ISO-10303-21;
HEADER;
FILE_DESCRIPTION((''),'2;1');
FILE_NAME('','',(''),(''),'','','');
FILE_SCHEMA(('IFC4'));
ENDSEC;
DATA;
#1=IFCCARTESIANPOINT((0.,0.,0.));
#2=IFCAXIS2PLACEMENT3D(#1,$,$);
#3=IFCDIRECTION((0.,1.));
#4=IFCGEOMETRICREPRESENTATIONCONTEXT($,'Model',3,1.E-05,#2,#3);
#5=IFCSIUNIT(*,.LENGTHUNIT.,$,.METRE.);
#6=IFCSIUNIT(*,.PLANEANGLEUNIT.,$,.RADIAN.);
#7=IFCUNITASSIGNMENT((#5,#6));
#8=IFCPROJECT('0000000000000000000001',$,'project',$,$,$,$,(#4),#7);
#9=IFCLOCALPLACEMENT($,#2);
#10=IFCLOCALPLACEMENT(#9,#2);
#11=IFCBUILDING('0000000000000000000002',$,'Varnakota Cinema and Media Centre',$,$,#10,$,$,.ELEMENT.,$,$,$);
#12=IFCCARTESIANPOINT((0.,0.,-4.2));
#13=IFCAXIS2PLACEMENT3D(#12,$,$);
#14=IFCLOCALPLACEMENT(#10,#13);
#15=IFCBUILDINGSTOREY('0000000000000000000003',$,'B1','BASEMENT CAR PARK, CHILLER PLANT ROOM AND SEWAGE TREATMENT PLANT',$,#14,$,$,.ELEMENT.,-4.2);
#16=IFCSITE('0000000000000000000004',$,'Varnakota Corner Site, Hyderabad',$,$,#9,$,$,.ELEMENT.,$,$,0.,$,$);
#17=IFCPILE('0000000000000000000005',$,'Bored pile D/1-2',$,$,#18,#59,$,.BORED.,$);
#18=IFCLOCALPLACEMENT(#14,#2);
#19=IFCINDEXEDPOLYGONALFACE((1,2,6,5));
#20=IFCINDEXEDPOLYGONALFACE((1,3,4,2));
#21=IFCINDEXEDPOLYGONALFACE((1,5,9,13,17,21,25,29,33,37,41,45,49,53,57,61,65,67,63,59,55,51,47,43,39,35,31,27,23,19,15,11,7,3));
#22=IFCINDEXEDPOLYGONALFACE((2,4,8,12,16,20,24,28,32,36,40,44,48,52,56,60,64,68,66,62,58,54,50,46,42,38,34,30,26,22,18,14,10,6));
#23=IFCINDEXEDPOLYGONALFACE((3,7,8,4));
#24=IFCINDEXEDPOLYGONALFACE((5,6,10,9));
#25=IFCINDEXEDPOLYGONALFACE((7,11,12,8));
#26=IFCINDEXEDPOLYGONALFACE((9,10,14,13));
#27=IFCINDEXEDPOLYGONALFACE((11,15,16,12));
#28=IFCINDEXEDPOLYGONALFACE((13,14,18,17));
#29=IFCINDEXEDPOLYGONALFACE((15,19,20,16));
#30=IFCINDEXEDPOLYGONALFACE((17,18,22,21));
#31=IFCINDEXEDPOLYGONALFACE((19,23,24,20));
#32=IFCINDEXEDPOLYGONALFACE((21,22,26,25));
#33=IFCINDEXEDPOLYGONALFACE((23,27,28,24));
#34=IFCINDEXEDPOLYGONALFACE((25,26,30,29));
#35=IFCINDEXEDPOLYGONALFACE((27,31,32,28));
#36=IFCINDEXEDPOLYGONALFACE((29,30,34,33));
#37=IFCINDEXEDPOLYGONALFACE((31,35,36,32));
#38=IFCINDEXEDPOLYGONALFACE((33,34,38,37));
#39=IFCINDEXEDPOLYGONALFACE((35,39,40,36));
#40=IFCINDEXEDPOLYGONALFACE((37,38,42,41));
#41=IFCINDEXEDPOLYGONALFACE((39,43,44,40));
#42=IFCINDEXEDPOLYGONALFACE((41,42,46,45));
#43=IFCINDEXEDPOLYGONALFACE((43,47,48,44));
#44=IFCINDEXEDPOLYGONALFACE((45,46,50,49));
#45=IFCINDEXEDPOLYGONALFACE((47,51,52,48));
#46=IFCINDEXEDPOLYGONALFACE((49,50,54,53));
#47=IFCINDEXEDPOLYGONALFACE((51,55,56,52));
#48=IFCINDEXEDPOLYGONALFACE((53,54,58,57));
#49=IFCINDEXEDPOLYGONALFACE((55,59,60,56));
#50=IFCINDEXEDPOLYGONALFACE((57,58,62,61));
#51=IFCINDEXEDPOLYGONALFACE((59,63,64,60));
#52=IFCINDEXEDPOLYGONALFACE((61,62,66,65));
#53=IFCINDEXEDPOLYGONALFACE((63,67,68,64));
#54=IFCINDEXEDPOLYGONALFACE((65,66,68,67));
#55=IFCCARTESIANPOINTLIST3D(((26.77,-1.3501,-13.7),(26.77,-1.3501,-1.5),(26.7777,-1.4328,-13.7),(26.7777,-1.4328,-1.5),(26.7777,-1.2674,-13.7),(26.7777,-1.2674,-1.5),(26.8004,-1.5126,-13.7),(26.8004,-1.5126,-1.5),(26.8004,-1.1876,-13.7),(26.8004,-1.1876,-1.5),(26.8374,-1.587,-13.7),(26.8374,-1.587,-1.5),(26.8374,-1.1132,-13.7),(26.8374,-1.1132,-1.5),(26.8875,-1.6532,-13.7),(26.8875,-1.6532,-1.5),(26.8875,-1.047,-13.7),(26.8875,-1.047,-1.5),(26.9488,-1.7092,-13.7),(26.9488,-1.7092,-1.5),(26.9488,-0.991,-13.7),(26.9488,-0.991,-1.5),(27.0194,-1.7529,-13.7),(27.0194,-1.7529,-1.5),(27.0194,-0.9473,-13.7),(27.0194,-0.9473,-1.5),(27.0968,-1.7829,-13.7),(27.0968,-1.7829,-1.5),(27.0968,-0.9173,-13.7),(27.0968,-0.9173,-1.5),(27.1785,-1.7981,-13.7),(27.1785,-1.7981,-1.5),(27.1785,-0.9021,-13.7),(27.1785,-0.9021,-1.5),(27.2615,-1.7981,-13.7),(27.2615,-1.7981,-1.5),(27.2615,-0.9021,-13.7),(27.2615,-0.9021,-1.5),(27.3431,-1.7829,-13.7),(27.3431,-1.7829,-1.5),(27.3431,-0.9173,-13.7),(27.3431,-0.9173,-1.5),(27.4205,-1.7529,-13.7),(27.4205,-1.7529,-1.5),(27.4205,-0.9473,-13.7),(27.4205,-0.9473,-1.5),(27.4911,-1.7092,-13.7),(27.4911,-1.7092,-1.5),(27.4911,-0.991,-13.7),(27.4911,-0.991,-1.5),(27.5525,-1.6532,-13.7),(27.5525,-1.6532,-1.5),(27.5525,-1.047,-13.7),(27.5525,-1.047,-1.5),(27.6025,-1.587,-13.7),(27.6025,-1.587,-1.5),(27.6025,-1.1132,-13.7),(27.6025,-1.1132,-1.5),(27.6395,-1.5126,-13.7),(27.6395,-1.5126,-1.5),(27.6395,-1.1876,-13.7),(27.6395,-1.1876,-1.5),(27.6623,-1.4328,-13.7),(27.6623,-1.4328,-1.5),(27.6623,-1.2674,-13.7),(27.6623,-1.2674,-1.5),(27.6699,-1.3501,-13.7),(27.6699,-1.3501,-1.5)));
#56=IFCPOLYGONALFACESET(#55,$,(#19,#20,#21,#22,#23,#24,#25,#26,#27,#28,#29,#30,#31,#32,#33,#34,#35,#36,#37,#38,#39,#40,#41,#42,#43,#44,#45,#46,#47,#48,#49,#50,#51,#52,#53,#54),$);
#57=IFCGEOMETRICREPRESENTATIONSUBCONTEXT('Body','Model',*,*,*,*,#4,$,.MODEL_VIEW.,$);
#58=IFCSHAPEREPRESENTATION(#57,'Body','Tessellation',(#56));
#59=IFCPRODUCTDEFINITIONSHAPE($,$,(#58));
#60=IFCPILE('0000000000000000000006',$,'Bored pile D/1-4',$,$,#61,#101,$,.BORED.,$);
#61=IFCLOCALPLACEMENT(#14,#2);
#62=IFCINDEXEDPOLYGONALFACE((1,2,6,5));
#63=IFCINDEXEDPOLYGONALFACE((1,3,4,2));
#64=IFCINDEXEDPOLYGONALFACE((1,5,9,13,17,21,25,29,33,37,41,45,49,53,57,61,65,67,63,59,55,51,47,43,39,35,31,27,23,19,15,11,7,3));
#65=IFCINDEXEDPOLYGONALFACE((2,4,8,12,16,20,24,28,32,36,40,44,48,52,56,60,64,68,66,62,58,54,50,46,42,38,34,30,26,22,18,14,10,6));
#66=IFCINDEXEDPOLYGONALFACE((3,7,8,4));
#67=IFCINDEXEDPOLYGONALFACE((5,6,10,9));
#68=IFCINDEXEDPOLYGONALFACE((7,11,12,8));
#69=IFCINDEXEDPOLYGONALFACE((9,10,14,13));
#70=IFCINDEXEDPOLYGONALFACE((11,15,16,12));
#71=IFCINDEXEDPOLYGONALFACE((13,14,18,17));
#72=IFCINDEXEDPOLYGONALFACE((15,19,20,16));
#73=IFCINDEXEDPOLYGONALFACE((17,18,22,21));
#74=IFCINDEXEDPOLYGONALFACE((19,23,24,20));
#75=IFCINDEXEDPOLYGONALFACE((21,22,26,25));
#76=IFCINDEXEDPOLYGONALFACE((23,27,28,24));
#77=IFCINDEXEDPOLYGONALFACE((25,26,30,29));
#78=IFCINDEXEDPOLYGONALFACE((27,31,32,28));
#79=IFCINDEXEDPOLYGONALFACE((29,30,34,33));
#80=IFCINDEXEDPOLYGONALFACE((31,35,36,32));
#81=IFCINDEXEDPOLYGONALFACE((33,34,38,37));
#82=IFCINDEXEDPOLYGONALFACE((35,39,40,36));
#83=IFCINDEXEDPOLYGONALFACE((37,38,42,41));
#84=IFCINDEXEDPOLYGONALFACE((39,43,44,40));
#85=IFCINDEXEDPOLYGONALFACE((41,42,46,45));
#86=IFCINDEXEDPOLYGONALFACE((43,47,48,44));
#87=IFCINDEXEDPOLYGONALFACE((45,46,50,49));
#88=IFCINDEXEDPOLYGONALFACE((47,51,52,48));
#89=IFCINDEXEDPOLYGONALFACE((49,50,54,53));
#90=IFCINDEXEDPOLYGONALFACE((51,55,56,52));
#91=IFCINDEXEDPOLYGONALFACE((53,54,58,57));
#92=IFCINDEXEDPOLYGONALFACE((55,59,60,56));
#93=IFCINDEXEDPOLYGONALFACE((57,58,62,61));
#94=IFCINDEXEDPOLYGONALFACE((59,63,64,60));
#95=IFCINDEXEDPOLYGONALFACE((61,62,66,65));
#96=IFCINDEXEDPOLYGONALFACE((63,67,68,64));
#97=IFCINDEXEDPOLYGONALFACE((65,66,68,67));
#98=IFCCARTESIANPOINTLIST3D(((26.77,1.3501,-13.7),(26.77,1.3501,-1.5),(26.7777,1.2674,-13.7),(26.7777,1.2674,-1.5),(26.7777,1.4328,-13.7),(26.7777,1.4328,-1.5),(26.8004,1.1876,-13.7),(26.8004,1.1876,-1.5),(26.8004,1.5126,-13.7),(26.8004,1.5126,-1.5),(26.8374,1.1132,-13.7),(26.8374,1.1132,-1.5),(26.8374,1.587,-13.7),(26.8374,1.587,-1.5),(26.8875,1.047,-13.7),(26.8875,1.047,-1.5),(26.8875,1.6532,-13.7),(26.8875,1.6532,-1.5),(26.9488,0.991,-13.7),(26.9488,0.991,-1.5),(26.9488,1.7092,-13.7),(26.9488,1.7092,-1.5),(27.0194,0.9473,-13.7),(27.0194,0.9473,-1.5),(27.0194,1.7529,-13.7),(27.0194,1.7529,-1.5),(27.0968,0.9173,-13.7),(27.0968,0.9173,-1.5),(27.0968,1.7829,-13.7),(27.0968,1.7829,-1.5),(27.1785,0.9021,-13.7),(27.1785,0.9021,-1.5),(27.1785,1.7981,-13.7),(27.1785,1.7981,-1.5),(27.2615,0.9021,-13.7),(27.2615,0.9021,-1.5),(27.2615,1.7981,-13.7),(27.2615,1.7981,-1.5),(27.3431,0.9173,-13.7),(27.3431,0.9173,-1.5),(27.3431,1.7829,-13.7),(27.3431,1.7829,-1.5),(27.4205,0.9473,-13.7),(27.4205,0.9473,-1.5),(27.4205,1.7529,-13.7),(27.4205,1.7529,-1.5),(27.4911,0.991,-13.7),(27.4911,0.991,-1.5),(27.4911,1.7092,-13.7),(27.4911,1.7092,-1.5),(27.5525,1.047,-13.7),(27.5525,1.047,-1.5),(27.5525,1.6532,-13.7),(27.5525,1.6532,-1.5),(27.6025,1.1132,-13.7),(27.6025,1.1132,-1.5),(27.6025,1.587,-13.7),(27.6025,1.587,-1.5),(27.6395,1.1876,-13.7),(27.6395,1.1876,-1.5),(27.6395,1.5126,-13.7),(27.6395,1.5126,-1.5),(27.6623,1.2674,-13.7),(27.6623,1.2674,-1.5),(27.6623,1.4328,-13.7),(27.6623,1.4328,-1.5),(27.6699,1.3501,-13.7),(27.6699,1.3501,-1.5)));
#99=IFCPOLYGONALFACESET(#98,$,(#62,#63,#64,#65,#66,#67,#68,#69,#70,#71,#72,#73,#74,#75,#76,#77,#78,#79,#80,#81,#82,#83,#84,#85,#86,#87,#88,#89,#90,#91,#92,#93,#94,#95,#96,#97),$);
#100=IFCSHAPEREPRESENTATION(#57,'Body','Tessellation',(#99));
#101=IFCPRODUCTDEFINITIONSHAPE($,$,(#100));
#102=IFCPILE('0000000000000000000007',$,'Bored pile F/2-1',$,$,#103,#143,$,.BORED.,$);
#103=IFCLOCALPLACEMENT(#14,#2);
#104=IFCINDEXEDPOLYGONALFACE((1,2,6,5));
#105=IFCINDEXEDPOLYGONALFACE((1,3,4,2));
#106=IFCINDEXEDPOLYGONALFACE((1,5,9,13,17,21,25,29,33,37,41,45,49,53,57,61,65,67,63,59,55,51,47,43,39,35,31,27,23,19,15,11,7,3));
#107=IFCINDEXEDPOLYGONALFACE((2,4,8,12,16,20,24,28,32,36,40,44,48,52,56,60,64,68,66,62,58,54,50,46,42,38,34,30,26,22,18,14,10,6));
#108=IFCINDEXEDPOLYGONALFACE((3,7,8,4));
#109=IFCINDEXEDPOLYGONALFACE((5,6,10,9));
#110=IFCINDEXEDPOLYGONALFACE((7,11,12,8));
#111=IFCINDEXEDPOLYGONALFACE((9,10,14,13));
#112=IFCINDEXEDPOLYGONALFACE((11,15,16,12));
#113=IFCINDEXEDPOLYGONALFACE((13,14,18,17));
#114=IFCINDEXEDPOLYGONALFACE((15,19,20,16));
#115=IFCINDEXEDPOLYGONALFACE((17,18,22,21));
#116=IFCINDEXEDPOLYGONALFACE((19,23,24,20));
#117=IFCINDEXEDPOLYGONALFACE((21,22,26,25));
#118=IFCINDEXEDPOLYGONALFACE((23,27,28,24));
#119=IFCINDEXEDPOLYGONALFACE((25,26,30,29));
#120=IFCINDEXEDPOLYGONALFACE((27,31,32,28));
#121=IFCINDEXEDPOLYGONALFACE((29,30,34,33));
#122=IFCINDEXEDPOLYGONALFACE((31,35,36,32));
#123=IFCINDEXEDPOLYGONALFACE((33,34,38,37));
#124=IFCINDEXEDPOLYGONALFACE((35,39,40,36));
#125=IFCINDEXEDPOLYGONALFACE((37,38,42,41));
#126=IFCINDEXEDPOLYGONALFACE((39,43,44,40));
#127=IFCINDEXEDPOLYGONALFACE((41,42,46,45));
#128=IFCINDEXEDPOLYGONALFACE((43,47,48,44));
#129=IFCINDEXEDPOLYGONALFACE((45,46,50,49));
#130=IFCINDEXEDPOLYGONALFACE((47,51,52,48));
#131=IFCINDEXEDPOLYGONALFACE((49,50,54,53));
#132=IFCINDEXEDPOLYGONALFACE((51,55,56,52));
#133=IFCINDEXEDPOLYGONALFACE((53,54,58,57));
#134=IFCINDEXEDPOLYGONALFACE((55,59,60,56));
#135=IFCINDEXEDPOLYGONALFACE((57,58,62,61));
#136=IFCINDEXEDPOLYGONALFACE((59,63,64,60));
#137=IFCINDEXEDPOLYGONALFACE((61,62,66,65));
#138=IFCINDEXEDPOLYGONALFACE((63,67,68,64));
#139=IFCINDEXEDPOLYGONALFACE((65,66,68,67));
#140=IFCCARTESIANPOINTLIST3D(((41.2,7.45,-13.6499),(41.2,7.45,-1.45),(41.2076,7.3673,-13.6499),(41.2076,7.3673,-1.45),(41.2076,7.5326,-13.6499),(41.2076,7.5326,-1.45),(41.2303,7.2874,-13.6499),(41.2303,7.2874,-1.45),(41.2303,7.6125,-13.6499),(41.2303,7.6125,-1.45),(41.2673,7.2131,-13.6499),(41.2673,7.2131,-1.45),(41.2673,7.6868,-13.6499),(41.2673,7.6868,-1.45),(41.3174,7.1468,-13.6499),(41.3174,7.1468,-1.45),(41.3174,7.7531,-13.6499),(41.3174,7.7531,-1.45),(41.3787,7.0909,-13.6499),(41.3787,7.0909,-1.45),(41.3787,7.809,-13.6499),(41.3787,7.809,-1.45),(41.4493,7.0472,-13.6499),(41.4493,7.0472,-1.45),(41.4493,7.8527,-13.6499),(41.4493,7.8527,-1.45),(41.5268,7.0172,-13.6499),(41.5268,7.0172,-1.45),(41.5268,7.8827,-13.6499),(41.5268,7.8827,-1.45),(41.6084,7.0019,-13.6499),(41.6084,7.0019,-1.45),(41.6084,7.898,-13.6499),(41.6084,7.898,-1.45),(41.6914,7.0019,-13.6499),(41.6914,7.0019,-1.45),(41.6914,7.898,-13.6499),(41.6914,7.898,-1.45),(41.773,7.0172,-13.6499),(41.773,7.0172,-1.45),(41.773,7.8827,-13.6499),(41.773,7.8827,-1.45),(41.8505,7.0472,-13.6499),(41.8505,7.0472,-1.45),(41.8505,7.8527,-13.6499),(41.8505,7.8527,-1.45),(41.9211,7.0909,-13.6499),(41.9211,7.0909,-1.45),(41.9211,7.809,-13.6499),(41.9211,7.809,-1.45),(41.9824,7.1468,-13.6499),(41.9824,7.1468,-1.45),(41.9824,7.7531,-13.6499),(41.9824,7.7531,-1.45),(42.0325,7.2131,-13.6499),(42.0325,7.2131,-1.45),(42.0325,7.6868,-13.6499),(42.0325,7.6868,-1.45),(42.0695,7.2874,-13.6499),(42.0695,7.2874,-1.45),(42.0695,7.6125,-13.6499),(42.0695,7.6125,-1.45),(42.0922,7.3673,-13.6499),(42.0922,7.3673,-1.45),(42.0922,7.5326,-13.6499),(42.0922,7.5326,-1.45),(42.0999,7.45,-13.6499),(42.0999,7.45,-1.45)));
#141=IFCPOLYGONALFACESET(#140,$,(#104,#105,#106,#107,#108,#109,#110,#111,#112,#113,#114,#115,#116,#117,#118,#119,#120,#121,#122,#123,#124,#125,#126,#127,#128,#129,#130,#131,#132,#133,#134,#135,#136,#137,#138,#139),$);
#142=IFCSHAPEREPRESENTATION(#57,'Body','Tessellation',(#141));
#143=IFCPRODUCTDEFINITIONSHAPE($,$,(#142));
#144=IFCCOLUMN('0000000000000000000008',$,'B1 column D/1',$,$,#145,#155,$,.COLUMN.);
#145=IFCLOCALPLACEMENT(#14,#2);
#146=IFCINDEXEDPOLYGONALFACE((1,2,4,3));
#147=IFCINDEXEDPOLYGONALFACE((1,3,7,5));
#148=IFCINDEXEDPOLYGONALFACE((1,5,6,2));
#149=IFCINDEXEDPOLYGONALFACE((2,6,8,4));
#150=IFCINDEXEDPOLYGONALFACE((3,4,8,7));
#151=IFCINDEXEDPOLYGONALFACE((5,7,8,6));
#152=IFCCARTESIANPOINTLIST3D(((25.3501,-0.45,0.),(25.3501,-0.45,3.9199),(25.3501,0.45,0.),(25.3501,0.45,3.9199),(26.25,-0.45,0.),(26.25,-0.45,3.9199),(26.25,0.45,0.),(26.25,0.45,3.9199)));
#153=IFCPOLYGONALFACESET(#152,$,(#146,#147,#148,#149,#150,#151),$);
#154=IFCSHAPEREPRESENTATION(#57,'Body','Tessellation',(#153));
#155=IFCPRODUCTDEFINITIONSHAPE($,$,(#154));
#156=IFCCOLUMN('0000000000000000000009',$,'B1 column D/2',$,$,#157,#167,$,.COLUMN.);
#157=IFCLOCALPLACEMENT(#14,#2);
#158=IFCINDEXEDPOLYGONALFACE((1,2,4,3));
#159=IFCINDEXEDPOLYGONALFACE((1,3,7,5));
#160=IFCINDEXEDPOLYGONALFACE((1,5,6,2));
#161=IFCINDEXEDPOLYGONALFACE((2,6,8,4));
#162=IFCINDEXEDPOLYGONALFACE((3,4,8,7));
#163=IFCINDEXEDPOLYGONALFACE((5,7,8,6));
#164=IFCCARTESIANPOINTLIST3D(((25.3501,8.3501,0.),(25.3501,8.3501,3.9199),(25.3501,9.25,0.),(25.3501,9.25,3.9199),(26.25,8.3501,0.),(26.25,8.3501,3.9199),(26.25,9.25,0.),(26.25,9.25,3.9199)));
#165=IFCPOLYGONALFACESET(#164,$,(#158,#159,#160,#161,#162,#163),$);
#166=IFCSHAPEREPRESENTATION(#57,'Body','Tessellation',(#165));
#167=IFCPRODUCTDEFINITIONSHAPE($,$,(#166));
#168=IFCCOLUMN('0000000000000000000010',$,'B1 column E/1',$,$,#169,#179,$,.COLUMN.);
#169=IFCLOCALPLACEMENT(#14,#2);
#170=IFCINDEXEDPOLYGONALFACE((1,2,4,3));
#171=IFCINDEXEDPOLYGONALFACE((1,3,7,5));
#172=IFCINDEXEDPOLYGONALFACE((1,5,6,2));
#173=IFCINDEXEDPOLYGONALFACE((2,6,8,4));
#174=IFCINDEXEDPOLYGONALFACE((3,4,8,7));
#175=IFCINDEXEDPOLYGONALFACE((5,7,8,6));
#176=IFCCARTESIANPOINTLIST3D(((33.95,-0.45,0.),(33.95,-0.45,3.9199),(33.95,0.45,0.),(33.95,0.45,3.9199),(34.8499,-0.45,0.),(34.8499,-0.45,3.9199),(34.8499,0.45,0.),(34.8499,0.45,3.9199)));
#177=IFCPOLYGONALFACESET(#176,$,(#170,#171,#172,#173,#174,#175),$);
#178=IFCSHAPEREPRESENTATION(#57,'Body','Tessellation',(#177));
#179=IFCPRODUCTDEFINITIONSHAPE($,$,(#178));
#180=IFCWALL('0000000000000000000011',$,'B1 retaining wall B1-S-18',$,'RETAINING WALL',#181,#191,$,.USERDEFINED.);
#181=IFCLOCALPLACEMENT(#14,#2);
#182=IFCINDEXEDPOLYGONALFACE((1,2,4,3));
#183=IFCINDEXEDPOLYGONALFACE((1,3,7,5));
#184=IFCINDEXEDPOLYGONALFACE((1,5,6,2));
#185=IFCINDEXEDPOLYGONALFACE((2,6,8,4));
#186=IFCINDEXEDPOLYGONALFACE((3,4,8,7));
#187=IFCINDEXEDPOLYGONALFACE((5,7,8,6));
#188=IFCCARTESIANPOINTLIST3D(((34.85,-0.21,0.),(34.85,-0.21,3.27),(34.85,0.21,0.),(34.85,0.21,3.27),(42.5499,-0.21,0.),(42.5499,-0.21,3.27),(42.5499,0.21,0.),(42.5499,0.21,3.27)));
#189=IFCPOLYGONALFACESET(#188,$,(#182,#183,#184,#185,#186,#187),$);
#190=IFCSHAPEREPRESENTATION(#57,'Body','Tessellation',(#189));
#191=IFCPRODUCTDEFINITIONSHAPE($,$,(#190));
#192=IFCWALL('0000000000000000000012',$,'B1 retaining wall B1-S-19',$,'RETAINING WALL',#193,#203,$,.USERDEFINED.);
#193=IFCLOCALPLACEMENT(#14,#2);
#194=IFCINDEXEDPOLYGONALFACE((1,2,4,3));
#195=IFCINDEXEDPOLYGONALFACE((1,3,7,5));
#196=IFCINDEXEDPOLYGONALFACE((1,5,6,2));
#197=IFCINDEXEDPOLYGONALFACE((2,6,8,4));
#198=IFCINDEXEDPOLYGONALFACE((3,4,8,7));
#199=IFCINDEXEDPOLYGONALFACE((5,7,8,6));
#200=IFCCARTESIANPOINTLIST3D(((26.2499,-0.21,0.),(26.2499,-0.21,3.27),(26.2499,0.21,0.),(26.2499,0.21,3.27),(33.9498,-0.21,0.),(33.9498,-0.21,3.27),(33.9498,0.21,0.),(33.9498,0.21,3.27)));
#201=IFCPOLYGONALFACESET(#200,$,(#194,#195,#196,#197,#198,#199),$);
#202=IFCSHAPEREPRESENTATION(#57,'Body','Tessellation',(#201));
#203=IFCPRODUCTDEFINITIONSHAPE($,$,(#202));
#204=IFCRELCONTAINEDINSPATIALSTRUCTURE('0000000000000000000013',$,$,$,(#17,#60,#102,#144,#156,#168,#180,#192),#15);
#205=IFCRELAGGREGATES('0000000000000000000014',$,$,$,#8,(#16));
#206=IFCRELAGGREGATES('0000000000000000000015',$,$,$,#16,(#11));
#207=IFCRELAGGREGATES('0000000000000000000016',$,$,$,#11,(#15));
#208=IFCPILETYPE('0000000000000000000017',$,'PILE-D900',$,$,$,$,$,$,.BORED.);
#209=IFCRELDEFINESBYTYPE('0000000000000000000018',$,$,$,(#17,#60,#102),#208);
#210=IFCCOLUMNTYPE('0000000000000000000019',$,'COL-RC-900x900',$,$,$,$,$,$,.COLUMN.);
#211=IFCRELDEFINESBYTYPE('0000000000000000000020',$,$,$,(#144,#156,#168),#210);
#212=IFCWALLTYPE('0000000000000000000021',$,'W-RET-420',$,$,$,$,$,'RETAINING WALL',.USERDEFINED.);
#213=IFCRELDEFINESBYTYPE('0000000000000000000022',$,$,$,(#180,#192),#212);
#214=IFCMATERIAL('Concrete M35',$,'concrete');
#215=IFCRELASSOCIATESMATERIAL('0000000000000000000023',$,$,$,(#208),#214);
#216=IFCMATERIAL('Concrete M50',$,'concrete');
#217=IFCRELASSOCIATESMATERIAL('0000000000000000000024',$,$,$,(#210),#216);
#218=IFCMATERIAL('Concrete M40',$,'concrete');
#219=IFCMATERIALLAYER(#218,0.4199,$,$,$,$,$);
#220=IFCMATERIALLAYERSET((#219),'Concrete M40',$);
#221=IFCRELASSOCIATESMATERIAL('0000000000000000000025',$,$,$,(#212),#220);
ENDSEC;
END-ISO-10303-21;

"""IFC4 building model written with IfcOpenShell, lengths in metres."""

from ifc_helpers import new_model, si_unit, direction, frame, frame_2d, origin, origin_2d, place, context, subcontext, project, spatial, rectangle, circle, extrude, material, layer, layer_set, material_profile, profile_set, type_object, element, save


model = new_model("IFC4")

# Units and contexts
model_context = context("Model", 3, precision=1e-05, world=origin(), true_north=direction((0.0, 1.0)))
body_context = subcontext(model_context, "Body", "Model", "MODEL_VIEW")
ifc_project = project(units=[si_unit("LENGTHUNIT", "METRE"), si_unit("PLANEANGLEUNIT", "RADIAN")], contexts=[model_context])

# Site, building, storey
site_placement = place(None, origin())
site = spatial("IfcSite", under=ifc_project, at=site_placement, Name="Varnakota Corner Site, Hyderabad", CompositionType="ELEMENT", RefElevation=0.0)
building_placement = place(site_placement, origin())
building = spatial("IfcBuilding", under=site, at=building_placement, Name="Varnakota Cinema and Media Centre", CompositionType="ELEMENT")
storey_placement = place(building_placement, frame((0.0, 0.0, -4.2)))
storey = spatial("IfcBuildingStorey", under=building, at=storey_placement, Name="B1", Description="BASEMENT CAR PARK, CHILLER PLANT ROOM AND SEWAGE TREATMENT PLANT", CompositionType="ELEMENT", Elevation=-4.2)

# Piles
ifc_material_1 = material(Name="Concrete M35", Category="concrete")
ifc_material_profile_1 = material_profile(ifc_material_1, circle(Radius=0.45, at=origin_2d()), Name="PILE D900")
ifc_profile_set_1 = profile_set([ifc_material_profile_1], Name="Concrete M35")
pile_type_1 = type_object("IfcPileType", Name="PILE-D900", PredefinedType="BORED", material=ifc_profile_set_1)
for number, where, z_axis, x_axis, name in (
    (1, (27.22, -1.3501, -1.5), (0.0, 0.0, -1.0), (1.0, 0.0, 0.0), "Bored pile D/1-2"),
    (2, (27.22, 1.3501, -1.5), (0.0, 0.0, -1.0), (1.0, 0.0, 0.0), "Bored pile D/1-4"),
    (3, (41.6499, 7.45, -1.45), (0.0, 0.0, -1.0), (1.0, 0.0, 0.0), "Bored pile F/2-1"),
):
    element("IfcPile", number, at=place(storey_placement, frame(where, z_axis=z_axis, x_axis=x_axis)), inside=storey, type_object=pile_type_1, Name=name, PredefinedType="BORED", context=body_context, shape_type="SweptSolid", body=[
        extrude(circle(Radius=0.45, at=origin_2d()), origin(), (0.0, 0.0, 1.0), 12.2),
    ])

# Columns
ifc_material_2 = material(Name="Concrete M50", Category="concrete")
ifc_material_profile_2 = material_profile(ifc_material_2, rectangle(XDim=0.8999, YDim=0.8999, at=origin_2d()), Name="RC 900x900")
ifc_profile_set_2 = profile_set([ifc_material_profile_2], Name="Concrete M50")
column_type = type_object("IfcColumnType", Name="COL-RC-900x900", PredefinedType="COLUMN", material=ifc_profile_set_2)
for number, where, z_axis, x_axis, name in (
    (4, (25.8, 0.0, 0.0), (0.0, 0.0, 1.0), (1.0, 0.0, 0.0), "B1 column D/1"),
    (5, (25.8, 8.8, 0.0), (0.0, 0.0, 1.0), (1.0, 0.0, 0.0), "B1 column D/2"),
    (6, (34.3999, 0.0, 0.0), (0.0, 0.0, 1.0), (1.0, 0.0, 0.0), "B1 column E/1"),
):
    element("IfcColumn", number, at=place(storey_placement, frame(where, z_axis=z_axis, x_axis=x_axis)), inside=storey, type_object=column_type, Name=name, PredefinedType="COLUMN", context=body_context, shape_type="SweptSolid", body=[
        extrude(rectangle(XDim=0.8999, YDim=0.8999, at=origin_2d()), origin(), (0.0, 0.0, 1.0), 3.9199),
    ])

# Walls
ifc_material_3 = material(Name="Concrete M40", Category="concrete")
ifc_layer = layer(ifc_material_3, 0.4199)
ifc_layer_set = layer_set([ifc_layer], Name="Concrete M40")
wall_type = type_object("IfcWallType", Name="W-RET-420", ElementType="RETAINING WALL", PredefinedType="USERDEFINED", material=ifc_layer_set)
for number, where, z_axis, x_axis, name in (
    (7, (42.55, 0.0, 0.0), (0.0, 0.0, 1.0), (-1.0, 0.0, 0.0), "B1 retaining wall B1-S-18"),
    (8, (33.95, 0.0, 0.0), (0.0, 0.0, 1.0), (-1.0, 0.0, 0.0), "B1 retaining wall B1-S-19"),
):
    element("IfcWall", number, at=place(storey_placement, frame(where, z_axis=z_axis, x_axis=x_axis)), inside=storey, type_object=wall_type, Name=name, ObjectType="RETAINING WALL", PredefinedType="USERDEFINED", context=body_context, shape_type="SweptSolid", body=[
        extrude(rectangle(XDim=7.7, YDim=0.4199, at=frame_2d((3.8501, 0.0))), origin(), (0.0, 0.0, 1.0), 3.27),
    ])

save(model, "model.ifc")
